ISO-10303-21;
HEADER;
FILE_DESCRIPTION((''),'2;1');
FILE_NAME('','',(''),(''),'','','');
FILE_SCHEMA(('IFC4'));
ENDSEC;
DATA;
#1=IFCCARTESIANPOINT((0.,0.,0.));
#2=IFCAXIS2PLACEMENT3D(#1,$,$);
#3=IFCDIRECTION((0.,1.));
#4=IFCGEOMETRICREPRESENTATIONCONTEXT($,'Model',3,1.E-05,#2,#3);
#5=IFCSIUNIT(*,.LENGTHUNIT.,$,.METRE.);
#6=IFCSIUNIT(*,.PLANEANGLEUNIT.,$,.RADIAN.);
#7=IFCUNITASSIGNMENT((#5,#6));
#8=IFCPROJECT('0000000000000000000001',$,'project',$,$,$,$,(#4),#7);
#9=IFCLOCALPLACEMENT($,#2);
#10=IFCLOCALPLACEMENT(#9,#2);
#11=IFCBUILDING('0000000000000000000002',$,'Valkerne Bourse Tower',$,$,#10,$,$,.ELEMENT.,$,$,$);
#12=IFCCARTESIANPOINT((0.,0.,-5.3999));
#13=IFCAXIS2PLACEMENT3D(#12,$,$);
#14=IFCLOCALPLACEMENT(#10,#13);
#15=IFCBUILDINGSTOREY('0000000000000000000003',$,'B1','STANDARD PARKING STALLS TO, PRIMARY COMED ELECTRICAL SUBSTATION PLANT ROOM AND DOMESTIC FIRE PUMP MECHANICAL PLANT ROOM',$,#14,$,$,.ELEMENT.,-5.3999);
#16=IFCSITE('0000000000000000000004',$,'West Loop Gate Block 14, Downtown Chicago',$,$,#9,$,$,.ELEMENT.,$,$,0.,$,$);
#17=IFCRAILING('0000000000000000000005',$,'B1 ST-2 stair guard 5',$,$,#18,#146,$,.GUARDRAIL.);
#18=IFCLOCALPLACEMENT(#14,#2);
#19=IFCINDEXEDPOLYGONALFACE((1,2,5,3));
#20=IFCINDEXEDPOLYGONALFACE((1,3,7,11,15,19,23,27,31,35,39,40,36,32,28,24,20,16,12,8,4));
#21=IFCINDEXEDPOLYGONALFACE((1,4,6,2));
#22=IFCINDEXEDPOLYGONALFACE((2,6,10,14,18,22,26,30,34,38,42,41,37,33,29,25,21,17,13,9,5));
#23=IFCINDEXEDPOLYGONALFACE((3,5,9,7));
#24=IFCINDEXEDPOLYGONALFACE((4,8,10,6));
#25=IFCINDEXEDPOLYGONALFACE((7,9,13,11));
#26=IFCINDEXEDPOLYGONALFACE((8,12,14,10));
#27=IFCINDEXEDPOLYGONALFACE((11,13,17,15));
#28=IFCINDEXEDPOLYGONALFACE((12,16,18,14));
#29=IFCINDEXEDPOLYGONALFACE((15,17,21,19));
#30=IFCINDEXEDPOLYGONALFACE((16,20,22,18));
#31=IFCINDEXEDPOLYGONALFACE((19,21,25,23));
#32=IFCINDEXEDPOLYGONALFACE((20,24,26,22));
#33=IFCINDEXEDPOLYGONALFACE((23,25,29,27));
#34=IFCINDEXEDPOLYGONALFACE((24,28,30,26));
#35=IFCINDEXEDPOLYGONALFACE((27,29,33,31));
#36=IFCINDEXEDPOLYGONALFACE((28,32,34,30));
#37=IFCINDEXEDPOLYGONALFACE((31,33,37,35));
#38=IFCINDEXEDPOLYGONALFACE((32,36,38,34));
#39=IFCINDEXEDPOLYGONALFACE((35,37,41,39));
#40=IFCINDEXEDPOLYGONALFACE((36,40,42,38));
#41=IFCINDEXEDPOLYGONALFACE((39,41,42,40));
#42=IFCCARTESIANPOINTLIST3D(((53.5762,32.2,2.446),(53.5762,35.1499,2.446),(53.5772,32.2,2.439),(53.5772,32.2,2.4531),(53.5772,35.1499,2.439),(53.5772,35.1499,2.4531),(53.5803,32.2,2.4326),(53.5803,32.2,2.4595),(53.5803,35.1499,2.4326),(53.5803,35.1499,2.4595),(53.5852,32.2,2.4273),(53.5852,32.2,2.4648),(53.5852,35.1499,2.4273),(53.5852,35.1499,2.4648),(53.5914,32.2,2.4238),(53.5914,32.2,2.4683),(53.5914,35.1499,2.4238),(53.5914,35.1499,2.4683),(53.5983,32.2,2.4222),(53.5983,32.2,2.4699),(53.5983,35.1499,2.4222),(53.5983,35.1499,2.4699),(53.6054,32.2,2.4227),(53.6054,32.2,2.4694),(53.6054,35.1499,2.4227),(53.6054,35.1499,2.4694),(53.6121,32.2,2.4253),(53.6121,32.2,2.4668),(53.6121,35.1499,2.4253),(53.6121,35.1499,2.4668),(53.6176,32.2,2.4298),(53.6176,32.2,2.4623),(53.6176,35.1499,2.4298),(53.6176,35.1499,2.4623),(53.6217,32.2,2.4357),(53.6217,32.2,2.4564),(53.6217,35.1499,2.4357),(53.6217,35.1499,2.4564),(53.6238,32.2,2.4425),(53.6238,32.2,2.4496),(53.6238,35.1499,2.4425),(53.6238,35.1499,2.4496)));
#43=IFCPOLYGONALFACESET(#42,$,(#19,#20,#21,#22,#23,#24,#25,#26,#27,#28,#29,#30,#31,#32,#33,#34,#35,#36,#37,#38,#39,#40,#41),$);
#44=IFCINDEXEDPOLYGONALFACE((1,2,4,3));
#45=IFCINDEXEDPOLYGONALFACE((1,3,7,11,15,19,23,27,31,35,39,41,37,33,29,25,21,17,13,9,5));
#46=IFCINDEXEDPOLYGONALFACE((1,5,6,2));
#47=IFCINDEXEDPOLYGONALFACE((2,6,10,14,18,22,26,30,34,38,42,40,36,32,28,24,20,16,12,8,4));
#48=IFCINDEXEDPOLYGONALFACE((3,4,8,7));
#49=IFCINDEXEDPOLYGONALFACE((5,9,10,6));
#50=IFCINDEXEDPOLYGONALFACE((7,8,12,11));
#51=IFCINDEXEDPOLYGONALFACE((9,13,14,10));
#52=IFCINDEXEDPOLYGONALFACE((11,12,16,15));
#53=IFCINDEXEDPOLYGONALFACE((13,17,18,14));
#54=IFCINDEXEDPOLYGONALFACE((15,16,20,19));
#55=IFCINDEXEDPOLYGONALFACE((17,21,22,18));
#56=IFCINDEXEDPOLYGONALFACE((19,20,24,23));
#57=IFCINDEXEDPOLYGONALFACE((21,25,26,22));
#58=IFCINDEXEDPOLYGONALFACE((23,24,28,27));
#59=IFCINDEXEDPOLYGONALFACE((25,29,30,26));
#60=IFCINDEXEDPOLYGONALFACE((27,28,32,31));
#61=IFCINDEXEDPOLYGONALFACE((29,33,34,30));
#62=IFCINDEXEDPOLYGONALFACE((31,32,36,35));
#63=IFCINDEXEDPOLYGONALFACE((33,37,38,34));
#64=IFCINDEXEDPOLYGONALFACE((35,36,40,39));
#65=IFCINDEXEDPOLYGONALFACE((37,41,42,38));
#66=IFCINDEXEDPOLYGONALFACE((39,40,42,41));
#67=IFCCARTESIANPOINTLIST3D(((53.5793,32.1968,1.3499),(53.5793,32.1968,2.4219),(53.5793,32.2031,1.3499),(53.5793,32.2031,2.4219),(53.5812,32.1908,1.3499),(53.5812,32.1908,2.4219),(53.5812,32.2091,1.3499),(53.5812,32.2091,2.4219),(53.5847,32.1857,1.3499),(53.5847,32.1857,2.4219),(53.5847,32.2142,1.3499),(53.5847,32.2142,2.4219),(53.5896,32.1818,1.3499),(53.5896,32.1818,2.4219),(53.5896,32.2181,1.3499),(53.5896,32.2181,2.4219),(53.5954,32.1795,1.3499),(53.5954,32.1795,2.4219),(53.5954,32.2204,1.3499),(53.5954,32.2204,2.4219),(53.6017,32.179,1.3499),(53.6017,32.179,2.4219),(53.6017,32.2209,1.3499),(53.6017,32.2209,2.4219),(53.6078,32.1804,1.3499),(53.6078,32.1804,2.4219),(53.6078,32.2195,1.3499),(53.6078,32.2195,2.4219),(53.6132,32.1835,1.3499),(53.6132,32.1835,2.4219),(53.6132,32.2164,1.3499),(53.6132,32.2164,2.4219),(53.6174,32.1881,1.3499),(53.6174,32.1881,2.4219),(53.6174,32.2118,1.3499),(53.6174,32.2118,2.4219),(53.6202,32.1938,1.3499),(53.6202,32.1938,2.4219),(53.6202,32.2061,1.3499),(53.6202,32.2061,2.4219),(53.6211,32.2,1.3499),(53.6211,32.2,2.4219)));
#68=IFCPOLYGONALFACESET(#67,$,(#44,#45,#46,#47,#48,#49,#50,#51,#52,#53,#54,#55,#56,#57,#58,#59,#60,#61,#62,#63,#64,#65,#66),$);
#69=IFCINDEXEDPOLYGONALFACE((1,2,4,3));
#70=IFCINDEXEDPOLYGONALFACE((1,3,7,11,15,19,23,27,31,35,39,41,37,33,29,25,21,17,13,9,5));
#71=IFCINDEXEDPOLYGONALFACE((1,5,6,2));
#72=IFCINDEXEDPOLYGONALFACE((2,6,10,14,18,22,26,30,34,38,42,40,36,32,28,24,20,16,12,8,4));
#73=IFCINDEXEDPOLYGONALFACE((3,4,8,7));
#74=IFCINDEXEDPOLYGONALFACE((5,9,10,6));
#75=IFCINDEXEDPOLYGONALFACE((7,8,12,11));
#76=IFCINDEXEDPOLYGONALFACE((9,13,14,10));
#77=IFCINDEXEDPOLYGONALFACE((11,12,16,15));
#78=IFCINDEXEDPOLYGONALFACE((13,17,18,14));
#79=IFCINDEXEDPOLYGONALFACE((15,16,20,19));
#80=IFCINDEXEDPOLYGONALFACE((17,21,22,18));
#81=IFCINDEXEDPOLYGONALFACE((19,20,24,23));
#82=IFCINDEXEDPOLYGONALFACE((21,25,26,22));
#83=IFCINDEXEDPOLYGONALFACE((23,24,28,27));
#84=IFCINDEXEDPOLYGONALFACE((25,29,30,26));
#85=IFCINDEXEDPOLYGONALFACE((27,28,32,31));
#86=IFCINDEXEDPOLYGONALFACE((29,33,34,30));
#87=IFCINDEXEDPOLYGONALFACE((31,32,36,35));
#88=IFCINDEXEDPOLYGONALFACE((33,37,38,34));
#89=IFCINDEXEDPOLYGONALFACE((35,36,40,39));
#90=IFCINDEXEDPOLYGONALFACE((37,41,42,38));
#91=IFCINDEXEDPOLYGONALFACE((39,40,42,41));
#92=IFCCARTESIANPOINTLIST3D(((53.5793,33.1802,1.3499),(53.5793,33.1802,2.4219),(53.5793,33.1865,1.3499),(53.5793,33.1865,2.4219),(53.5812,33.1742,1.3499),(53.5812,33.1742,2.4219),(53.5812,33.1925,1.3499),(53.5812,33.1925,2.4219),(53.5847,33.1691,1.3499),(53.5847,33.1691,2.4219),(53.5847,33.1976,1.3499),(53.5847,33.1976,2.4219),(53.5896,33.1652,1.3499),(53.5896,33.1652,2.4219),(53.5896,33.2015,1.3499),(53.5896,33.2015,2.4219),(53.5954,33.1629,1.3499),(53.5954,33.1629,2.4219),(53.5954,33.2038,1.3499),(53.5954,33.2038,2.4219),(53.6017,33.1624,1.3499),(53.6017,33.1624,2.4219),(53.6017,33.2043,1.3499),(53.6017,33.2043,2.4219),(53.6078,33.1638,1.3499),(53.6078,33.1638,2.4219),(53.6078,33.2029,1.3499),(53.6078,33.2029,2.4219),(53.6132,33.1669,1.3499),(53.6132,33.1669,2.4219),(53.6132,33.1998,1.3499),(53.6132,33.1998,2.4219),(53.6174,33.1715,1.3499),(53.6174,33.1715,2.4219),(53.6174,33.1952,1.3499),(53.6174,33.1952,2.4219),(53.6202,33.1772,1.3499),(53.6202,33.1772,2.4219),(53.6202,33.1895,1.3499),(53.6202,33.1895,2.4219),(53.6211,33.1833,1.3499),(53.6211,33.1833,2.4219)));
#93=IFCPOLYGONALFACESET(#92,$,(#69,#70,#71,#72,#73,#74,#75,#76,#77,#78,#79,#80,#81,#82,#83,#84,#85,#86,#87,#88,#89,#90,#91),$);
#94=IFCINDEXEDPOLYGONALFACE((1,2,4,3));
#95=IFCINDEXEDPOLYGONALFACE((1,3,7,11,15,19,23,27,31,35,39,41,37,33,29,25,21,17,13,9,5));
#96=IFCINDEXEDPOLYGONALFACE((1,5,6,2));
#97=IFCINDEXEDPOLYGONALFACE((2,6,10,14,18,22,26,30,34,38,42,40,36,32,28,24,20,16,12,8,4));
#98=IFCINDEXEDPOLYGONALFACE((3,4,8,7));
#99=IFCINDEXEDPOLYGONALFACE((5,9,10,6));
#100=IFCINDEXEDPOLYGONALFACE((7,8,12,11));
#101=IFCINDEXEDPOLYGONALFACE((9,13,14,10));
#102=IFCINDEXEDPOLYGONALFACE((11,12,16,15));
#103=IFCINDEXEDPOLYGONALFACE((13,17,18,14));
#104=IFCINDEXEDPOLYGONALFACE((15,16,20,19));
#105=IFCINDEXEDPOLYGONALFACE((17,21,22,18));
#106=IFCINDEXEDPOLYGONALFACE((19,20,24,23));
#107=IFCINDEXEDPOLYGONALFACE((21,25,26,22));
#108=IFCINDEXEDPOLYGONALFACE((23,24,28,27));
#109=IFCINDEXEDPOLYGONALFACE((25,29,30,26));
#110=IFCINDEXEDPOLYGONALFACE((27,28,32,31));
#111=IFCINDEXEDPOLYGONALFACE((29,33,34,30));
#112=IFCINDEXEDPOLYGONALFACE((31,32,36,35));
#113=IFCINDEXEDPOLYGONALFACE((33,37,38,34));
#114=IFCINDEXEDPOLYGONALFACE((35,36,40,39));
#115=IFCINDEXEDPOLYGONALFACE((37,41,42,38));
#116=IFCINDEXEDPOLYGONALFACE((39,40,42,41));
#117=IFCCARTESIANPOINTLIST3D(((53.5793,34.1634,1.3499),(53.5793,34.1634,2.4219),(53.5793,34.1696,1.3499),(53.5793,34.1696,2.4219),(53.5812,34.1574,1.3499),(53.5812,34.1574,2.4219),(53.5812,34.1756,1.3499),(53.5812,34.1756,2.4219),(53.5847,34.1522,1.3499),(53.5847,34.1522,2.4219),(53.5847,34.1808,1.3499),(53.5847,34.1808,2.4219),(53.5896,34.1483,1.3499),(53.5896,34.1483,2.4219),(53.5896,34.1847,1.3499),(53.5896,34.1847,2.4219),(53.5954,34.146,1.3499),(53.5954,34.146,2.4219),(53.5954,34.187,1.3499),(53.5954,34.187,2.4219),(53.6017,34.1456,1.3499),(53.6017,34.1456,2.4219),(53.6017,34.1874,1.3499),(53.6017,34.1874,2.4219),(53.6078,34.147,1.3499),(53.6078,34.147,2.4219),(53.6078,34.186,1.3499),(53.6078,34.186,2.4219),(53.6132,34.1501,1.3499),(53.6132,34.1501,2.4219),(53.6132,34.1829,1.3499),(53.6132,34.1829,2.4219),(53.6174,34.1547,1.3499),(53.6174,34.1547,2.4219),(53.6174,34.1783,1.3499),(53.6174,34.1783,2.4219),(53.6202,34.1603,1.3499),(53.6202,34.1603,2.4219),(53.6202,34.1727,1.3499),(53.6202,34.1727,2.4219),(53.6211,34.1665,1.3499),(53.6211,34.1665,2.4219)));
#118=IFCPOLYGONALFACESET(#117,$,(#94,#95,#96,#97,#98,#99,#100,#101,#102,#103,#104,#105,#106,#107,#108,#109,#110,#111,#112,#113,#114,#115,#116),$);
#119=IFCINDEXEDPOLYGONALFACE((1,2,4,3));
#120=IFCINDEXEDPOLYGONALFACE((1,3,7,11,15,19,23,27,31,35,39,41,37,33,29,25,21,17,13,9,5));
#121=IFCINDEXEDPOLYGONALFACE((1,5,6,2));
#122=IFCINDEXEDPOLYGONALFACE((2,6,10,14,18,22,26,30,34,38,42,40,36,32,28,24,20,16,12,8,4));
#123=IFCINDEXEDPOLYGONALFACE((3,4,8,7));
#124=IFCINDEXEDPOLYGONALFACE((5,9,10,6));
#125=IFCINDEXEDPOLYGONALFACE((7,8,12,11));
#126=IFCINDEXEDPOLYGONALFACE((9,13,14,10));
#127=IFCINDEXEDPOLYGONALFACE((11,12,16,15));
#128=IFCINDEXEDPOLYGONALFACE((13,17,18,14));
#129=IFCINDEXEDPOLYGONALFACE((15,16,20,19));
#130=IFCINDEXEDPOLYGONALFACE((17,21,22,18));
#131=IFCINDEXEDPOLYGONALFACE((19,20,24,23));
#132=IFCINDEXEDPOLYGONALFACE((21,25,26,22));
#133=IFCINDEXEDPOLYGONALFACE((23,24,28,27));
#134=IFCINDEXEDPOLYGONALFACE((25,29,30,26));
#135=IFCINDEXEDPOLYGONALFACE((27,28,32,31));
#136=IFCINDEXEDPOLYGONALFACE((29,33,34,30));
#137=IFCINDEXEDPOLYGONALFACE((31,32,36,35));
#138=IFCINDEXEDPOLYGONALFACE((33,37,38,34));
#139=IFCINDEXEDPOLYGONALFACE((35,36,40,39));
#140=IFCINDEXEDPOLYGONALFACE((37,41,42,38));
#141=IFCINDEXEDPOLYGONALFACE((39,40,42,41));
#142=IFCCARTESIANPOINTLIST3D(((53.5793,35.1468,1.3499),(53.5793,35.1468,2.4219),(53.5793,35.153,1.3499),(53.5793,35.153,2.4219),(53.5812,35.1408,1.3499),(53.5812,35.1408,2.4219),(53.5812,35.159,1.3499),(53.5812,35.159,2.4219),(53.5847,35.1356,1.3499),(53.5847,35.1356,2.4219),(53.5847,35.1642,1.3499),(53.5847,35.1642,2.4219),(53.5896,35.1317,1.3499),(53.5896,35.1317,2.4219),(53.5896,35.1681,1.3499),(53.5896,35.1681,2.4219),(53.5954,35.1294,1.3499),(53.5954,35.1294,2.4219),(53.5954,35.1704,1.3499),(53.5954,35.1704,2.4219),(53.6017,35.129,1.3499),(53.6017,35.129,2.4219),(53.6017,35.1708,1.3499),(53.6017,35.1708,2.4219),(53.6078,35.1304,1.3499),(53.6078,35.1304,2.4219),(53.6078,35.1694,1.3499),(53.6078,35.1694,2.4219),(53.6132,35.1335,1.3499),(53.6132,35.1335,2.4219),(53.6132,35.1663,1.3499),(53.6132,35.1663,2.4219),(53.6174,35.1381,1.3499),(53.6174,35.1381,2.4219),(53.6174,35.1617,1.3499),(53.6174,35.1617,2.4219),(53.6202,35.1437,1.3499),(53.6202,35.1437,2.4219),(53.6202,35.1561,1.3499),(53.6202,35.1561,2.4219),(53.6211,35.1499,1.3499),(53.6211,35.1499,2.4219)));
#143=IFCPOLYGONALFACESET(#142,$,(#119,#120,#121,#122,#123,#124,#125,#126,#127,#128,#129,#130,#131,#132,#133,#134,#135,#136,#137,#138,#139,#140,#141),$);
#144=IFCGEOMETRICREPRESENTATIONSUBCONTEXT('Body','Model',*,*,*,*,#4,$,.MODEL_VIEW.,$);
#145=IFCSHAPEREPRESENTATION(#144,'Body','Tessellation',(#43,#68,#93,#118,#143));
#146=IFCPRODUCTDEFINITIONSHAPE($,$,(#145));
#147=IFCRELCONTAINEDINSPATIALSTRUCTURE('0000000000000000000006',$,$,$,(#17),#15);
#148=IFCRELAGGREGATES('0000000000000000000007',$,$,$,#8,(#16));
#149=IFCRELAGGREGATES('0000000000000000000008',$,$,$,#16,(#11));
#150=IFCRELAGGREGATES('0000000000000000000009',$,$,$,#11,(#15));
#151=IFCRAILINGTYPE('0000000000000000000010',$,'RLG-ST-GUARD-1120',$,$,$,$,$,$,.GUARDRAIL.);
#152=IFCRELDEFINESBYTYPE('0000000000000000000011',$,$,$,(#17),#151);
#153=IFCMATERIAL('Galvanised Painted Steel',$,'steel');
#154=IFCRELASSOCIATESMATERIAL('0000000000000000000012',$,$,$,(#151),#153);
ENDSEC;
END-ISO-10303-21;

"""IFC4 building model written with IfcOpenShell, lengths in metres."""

from ifc_helpers import new_model, si_unit, direction, frame, origin, origin_2d, place, context, subcontext, project, spatial, circle, extrude, material, type_object, element, save


model = new_model("IFC4")

# Units and contexts
model_context = context("Model", 3, precision=1e-05, world=origin(), true_north=direction((0.0, 1.0)))
body_context = subcontext(model_context, "Body", "Model", "MODEL_VIEW")
ifc_project = project(units=[si_unit("LENGTHUNIT", "METRE"), si_unit("PLANEANGLEUNIT", "RADIAN")], contexts=[model_context])

# Site, building, storey
site_placement = place(None, origin())
site = spatial("IfcSite", under=ifc_project, at=site_placement, Name="West Loop Gate Block 14, Downtown Chicago", CompositionType="ELEMENT", RefElevation=0.0)
building_placement = place(site_placement, origin())
building = spatial("IfcBuilding", under=site, at=building_placement, Name="Valkerne Bourse Tower", CompositionType="ELEMENT")
storey_placement = place(building_placement, frame((0.0, 0.0, -5.3999)))
storey = spatial("IfcBuildingStorey", under=building, at=storey_placement, Name="B1", Description="STANDARD PARKING STALLS TO, PRIMARY COMED ELECTRICAL SUBSTATION PLANT ROOM AND DOMESTIC FIRE PUMP MECHANICAL PLANT ROOM", CompositionType="ELEMENT", Elevation=-5.3999)

# Shared definitions
ifc_material_1 = material(Name="Galvanised Painted Steel", Category="steel")

# Railing
railing_type_1 = type_object("IfcRailingType", Name="RLG-ST-GUARD-1120", PredefinedType="GUARDRAIL", material=ifc_material_1)
railing_1_placement = place(storey_placement, frame((53.6001, 32.2, 1.3499)))
element("IfcRailing", 1, at=railing_1_placement, inside=storey, type_object=railing_type_1, Name="B1 ST-2 stair guard 5", PredefinedType="GUARDRAIL", context=body_context, shape_type="SweptSolid", body=[
    extrude(circle(Radius=0.0239, at=origin_2d()), frame((0.0, 0.0, 1.0962), z_axis=(0.0, 1.0, 0.0), x_axis=(-1.0, 0.0, 0.0)), (0.0, 0.0, 1.0), 2.95),
    extrude(circle(Radius=0.021, at=origin_2d()), origin(), (0.0, 0.0, 1.0), 1.072),
    extrude(circle(Radius=0.021, at=origin_2d()), frame((0.0, 0.9834, 0.0)), (0.0, 0.0, 1.0), 1.072),
    extrude(circle(Radius=0.021, at=origin_2d()), frame((0.0, 1.9666, 0.0)), (0.0, 0.0, 1.0), 1.072),
    extrude(circle(Radius=0.021, at=origin_2d()), frame((0.0, 2.95, 0.0)), (0.0, 0.0, 1.0), 1.072),
])

save(model, "model.ifc")
